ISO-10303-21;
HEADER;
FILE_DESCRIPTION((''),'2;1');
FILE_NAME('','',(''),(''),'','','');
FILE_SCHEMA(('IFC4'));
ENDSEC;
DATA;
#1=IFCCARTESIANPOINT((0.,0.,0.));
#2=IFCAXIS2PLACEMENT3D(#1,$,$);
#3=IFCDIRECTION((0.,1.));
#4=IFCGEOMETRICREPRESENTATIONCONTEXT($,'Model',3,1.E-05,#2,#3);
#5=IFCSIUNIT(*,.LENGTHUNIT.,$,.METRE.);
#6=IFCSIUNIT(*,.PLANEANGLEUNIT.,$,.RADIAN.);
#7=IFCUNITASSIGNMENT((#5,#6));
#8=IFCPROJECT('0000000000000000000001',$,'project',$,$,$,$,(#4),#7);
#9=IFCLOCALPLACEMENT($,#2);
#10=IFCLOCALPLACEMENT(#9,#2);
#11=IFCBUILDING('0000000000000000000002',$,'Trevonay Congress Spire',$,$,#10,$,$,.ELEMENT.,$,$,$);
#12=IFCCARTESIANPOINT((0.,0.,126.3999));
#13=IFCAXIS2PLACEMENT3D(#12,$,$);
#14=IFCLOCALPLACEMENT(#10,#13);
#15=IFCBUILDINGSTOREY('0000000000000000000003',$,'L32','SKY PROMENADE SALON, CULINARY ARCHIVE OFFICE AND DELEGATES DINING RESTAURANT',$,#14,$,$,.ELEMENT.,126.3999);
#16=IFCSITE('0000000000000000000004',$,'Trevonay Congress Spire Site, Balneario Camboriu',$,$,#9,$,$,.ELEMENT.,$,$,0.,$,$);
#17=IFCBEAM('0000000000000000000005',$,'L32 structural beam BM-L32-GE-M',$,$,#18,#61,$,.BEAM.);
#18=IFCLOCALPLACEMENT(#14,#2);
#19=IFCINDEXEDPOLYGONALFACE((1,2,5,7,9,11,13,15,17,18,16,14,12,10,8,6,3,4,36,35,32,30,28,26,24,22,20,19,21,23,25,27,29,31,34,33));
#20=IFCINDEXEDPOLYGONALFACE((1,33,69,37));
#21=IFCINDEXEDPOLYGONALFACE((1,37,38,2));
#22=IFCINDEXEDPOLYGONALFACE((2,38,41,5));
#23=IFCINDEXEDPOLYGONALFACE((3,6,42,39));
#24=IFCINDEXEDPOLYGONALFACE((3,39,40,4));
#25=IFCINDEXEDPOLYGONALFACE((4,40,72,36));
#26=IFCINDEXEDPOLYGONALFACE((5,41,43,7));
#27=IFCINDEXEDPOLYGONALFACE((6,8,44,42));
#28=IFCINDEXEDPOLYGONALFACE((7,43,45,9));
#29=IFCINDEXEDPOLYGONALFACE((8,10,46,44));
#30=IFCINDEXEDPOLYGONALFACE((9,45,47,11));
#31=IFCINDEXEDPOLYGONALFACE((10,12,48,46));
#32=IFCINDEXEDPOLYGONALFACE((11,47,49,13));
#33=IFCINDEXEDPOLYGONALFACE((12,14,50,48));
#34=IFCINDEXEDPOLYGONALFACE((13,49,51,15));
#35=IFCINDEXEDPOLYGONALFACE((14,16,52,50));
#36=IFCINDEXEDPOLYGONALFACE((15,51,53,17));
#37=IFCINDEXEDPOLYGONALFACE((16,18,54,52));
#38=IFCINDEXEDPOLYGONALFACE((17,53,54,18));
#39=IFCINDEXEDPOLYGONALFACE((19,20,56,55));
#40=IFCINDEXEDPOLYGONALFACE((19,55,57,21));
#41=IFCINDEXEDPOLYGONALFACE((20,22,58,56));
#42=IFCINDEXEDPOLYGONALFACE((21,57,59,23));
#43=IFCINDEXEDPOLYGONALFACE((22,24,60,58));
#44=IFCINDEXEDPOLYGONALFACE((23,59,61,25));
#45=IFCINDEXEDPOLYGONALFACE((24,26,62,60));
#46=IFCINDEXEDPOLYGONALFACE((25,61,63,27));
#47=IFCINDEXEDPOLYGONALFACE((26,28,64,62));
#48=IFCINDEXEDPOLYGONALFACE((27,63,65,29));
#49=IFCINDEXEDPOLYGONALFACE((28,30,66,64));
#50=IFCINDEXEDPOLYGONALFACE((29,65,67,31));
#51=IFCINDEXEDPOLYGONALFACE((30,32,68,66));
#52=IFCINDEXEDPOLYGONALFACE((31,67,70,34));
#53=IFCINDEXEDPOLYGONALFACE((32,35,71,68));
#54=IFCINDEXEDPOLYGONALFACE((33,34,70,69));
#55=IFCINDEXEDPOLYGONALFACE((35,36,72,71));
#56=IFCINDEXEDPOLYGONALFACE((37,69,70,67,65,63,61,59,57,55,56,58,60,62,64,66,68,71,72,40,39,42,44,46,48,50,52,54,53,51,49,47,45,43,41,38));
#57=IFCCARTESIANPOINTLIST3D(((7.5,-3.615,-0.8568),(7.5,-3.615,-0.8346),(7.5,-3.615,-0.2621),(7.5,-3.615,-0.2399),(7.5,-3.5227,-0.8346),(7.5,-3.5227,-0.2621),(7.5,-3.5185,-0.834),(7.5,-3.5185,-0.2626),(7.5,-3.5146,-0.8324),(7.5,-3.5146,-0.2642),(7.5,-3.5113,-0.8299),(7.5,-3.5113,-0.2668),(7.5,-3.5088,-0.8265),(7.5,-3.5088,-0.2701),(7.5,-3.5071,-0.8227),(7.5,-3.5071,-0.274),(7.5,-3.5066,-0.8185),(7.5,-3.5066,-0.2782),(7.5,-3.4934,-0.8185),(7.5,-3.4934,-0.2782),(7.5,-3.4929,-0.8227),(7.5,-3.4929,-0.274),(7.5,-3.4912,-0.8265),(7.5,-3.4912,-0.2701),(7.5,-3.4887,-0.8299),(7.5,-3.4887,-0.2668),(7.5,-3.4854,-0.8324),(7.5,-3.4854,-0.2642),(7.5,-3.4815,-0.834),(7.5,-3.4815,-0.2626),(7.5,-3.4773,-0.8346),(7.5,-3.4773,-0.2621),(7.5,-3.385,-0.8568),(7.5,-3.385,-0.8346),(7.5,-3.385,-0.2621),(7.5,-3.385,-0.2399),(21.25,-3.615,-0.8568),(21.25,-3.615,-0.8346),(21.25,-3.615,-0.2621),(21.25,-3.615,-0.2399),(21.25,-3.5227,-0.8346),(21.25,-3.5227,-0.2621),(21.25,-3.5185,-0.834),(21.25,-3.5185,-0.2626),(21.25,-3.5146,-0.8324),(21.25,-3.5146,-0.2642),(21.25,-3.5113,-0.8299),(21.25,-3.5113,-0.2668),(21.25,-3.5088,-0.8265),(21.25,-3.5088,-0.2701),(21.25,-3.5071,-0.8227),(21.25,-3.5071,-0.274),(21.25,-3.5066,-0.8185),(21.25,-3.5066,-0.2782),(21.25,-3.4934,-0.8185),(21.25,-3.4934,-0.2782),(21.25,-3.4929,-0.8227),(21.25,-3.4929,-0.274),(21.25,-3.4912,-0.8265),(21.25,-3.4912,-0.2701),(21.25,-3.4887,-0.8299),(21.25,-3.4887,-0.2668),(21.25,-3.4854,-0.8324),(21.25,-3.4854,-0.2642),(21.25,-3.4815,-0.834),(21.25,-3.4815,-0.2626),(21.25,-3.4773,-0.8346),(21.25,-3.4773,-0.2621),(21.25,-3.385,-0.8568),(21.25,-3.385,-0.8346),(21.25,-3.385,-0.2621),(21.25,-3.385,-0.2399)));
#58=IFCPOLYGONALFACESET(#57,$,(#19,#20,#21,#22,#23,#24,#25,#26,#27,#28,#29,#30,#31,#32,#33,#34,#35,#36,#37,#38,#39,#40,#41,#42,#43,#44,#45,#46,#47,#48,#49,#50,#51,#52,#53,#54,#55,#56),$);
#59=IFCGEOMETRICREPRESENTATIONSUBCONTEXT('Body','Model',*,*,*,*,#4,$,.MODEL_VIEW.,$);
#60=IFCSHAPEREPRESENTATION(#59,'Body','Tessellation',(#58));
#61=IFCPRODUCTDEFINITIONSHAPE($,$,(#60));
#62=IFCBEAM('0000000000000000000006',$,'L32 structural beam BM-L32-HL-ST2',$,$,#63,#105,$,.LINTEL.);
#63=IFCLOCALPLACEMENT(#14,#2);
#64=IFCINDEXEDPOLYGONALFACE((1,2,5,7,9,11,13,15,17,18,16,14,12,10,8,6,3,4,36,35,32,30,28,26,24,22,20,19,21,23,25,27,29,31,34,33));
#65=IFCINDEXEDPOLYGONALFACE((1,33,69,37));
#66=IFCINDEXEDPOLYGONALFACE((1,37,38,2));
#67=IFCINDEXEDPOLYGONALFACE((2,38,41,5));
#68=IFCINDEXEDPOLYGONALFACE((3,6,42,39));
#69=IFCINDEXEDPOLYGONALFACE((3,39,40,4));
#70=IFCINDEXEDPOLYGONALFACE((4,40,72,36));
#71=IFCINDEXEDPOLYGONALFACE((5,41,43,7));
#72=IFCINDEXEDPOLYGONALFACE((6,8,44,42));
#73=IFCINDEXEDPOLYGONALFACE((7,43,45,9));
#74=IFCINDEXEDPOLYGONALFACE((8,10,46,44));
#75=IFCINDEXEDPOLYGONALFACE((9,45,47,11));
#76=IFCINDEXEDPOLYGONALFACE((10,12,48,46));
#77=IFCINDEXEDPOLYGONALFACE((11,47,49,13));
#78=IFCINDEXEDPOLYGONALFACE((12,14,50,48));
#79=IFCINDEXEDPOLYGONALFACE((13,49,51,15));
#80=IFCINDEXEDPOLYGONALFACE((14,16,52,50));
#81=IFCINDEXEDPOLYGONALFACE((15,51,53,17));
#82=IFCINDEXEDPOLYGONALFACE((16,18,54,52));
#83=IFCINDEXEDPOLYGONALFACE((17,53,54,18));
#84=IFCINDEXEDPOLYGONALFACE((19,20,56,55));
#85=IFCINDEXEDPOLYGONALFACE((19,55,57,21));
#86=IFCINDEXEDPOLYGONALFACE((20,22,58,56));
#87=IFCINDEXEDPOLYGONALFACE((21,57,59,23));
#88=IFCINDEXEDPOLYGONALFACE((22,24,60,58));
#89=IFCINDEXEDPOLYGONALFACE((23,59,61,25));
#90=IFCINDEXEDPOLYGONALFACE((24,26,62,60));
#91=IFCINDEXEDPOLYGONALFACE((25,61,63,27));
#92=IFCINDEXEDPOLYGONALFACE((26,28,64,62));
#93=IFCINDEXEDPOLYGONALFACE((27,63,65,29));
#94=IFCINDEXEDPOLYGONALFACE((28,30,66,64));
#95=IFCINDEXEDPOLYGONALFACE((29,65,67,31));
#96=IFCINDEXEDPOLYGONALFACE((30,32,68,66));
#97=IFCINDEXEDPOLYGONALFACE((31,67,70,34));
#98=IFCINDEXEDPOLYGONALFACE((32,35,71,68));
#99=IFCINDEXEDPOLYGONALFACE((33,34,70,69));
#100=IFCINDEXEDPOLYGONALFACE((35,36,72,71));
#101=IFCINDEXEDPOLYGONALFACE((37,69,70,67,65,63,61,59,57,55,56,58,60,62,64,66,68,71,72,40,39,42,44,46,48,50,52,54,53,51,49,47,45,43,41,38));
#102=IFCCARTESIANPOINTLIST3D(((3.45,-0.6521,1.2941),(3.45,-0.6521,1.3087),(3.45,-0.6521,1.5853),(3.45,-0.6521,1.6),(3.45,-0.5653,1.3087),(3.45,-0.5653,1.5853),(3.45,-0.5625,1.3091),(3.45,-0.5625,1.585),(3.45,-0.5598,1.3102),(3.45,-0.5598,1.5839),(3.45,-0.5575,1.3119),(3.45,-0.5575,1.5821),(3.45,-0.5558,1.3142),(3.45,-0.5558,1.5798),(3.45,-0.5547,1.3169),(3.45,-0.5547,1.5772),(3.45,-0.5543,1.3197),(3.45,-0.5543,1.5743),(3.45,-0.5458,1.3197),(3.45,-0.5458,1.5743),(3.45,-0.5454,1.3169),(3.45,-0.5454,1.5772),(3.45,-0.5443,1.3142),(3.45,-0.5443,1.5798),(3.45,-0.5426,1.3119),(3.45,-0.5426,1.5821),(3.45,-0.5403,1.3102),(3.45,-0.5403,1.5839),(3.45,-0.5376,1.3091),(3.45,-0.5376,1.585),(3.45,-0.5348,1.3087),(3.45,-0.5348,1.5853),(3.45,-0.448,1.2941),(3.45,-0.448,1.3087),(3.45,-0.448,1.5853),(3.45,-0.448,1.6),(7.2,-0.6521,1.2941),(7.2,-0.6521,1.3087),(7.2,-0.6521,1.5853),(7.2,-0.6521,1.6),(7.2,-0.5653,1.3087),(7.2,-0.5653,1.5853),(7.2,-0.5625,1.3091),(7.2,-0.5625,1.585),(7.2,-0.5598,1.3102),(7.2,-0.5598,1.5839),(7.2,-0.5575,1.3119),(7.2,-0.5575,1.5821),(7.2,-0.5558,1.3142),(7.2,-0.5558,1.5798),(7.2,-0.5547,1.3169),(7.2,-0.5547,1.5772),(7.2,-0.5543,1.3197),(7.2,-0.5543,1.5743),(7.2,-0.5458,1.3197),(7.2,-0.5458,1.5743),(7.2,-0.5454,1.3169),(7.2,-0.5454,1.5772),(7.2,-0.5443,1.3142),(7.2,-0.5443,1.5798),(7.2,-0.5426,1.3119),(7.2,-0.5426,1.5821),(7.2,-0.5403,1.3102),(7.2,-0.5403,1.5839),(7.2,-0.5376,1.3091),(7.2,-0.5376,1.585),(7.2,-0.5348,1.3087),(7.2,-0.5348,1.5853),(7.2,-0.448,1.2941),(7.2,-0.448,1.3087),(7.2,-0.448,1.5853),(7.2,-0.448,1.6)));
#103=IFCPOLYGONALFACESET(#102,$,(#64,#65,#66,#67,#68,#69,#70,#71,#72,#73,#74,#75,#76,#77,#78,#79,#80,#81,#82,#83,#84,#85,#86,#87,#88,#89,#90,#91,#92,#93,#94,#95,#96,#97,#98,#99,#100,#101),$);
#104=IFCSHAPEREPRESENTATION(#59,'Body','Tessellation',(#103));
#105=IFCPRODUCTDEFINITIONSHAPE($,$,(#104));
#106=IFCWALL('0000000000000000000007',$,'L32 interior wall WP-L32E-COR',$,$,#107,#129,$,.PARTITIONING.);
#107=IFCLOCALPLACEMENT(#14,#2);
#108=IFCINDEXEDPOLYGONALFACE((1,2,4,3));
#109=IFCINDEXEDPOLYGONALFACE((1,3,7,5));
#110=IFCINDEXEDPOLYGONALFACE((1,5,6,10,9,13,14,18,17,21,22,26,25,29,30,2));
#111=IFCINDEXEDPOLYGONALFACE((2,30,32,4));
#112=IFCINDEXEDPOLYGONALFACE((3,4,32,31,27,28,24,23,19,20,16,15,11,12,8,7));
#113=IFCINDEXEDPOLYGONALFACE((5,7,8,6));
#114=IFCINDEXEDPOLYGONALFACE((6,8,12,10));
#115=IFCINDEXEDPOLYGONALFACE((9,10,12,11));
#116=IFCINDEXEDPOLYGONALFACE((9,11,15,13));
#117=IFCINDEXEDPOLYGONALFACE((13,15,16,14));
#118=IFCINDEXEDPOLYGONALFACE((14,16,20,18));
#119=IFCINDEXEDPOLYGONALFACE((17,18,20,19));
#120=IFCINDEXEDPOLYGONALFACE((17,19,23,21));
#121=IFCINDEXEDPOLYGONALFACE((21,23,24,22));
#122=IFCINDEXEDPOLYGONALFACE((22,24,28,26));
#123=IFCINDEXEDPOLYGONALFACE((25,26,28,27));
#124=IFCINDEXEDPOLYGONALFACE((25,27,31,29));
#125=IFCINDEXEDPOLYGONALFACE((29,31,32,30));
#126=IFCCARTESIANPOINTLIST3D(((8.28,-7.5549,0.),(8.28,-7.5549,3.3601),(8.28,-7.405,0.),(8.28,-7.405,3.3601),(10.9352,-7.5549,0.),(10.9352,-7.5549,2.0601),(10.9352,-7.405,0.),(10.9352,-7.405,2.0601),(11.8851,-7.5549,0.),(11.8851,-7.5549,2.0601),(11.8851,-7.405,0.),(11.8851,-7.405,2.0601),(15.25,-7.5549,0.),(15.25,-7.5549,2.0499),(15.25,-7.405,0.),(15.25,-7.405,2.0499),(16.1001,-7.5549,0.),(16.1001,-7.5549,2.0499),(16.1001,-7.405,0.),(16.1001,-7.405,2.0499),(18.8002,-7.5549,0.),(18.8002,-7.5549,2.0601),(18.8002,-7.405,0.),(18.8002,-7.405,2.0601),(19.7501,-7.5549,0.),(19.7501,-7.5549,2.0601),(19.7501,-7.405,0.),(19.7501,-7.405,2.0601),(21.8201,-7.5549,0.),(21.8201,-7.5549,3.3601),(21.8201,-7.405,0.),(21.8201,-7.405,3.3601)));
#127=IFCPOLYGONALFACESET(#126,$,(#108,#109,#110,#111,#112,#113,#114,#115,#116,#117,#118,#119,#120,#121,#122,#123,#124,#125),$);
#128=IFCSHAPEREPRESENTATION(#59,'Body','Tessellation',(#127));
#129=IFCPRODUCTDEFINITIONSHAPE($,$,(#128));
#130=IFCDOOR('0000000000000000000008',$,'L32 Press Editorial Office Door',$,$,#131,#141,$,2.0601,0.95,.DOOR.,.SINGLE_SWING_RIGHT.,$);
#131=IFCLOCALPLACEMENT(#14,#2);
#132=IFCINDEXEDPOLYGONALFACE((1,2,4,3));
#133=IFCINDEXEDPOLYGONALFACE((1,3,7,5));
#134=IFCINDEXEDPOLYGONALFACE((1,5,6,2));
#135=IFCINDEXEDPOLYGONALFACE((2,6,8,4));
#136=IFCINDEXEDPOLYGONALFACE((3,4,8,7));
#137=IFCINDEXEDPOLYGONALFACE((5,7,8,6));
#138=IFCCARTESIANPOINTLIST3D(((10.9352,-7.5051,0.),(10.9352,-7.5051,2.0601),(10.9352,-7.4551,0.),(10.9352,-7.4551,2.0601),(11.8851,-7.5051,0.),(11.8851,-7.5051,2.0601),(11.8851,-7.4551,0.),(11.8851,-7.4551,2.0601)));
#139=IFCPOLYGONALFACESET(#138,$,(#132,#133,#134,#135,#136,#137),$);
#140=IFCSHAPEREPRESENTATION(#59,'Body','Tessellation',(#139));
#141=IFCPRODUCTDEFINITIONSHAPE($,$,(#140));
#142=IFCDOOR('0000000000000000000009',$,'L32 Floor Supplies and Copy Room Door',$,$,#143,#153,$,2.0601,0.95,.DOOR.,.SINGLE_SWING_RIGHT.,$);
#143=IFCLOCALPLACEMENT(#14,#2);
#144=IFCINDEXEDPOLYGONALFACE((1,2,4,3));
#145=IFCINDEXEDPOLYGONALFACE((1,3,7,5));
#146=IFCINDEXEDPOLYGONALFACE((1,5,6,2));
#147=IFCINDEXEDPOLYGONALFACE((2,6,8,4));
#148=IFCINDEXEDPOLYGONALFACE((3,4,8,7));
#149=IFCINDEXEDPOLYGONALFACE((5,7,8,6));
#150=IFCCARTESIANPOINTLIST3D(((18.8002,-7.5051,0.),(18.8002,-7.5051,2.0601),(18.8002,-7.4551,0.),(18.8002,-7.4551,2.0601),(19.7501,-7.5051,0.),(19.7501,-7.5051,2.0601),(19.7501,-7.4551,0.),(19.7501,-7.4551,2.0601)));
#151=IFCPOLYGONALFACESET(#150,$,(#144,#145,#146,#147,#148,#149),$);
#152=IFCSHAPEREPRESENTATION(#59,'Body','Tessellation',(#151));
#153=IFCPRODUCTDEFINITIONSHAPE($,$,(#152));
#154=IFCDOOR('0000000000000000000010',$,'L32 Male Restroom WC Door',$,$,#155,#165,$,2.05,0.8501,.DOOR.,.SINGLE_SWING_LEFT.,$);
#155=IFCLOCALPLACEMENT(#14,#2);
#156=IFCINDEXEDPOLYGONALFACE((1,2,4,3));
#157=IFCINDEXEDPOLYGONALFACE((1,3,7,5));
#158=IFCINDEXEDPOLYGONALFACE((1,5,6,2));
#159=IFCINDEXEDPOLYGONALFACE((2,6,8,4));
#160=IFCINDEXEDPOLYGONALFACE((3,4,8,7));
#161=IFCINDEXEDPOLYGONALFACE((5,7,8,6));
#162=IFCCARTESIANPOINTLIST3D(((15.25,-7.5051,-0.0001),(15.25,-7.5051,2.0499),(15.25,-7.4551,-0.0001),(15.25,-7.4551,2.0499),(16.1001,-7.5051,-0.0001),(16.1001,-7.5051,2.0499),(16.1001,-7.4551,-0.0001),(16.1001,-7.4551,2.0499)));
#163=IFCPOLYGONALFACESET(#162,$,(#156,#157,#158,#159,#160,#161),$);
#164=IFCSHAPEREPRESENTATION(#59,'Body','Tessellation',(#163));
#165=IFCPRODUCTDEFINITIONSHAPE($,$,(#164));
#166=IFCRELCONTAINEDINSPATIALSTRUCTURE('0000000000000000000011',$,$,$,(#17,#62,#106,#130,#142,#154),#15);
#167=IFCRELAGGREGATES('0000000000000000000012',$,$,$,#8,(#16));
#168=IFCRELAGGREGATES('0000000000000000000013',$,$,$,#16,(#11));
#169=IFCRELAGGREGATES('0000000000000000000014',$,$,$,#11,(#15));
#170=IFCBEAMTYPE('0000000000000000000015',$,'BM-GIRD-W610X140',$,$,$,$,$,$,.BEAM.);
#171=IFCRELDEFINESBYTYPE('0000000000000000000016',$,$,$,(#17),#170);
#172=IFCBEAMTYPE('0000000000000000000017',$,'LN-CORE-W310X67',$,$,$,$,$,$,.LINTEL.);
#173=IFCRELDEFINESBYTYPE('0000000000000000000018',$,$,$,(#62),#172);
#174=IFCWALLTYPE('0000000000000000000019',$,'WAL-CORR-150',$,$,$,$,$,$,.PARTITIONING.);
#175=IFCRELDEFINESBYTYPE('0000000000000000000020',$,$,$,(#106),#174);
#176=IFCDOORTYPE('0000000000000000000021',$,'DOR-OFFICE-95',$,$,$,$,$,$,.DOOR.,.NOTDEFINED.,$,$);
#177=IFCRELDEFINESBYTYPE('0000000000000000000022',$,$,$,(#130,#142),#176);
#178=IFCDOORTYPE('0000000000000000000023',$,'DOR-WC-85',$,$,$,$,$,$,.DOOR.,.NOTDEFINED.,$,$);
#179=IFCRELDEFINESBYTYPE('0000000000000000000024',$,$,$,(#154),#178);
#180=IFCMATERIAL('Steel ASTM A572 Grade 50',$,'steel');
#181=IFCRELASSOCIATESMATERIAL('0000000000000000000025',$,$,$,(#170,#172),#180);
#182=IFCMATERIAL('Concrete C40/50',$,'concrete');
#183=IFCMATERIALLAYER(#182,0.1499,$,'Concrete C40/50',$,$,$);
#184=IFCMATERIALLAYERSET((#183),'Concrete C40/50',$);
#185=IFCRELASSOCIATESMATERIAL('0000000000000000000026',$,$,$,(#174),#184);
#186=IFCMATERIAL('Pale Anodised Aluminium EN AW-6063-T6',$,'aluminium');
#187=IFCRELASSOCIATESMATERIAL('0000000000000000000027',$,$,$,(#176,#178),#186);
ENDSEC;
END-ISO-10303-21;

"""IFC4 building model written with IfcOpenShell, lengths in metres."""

from ifc_helpers import new_model, si_unit, direction, frame, frame_2d, origin, origin_2d, place, context, subcontext, project, spatial, rectangle, i_section, extrude, material, layer, layer_set, material_profile, profile_set, type_object, element, fill, save


model = new_model("IFC4")

# Units and contexts
model_context = context("Model", 3, precision=1e-05, world=origin(), true_north=direction((0.0, 1.0)))
body_context = subcontext(model_context, "Body", "Model", "MODEL_VIEW")
ifc_project = project(units=[si_unit("LENGTHUNIT", "METRE"), si_unit("PLANEANGLEUNIT", "RADIAN")], contexts=[model_context])

# Site, building, storey
site_placement = place(None, origin())
site = spatial("IfcSite", under=ifc_project, at=site_placement, Name="Trevonay Congress Spire Site, Balneario Camboriu", CompositionType="ELEMENT", RefElevation=0.0)
building_placement = place(site_placement, origin())
building = spatial("IfcBuilding", under=site, at=building_placement, Name="Trevonay Congress Spire", CompositionType="ELEMENT")
storey_placement = place(building_placement, frame((0.0, 0.0, 126.3999)))
storey = spatial("IfcBuildingStorey", under=building, at=storey_placement, Name="L32", Description="SKY PROMENADE SALON, CULINARY ARCHIVE OFFICE AND DELEGATES DINING RESTAURANT", CompositionType="ELEMENT", Elevation=126.3999)

# Beams
ifc_material_1 = material(Name="Steel ASTM A572 Grade 50", Category="steel")
ifc_material_profile_1 = material_profile(ifc_material_1, i_section(OverallWidth=0.23, OverallDepth=0.6169, WebThickness=0.0132, FlangeThickness=0.0222, FilletRadius=0.0161, at=origin_2d()), Name="W610x140")
ifc_profile_set_1 = profile_set([ifc_material_profile_1], Name="Steel ASTM A572 Grade 50")
beam_type_1 = type_object("IfcBeamType", Name="BM-GIRD-W610X140", PredefinedType="BEAM", material=ifc_profile_set_1)
beam_1_placement = place(storey_placement, frame((7.5, -3.5, -0.5483), z_axis=(1.0, 0.0, 0.0), x_axis=(0.0, 1.0, 0.0)))
element("IfcBeam", 1, at=beam_1_placement, inside=storey, type_object=beam_type_1, Name="L32 structural beam BM-L32-GE-M", PredefinedType="BEAM", context=body_context, shape_type="SweptSolid", body=[
    extrude(i_section(OverallWidth=0.23, OverallDepth=0.6169, WebThickness=0.0132, FlangeThickness=0.0222, FilletRadius=0.0161, at=origin_2d()), origin(), (0.0, 0.0, 1.0), 13.75),
])
ifc_material_profile_2 = material_profile(ifc_material_1, i_section(OverallWidth=0.2041, OverallDepth=0.3059, WebThickness=0.0085, FlangeThickness=0.0146, FilletRadius=0.011, at=origin_2d()), Name="W310x67")
ifc_profile_set_2 = profile_set([ifc_material_profile_2], Name="Steel ASTM A572 Grade 50")
beam_type_2 = type_object("IfcBeamType", Name="LN-CORE-W310X67", PredefinedType="LINTEL", material=ifc_profile_set_2)
beam_2_placement = place(storey_placement, frame((3.45, -0.55, 1.447), z_axis=(1.0, 0.0, 0.0), x_axis=(0.0, 1.0, 0.0)))
element("IfcBeam", 2, at=beam_2_placement, inside=storey, type_object=beam_type_2, Name="L32 structural beam BM-L32-HL-ST2", PredefinedType="LINTEL", context=body_context, shape_type="SweptSolid", body=[
    extrude(i_section(OverallWidth=0.2041, OverallDepth=0.3059, WebThickness=0.0085, FlangeThickness=0.0146, FilletRadius=0.011, at=origin_2d()), origin(), (0.0, 0.0, 1.0), 3.75),
])

# Wall, openings, doors
ifc_material_2 = material(Name="Concrete C40/50", Category="concrete")
ifc_layer_1 = layer(ifc_material_2, 0.1499, Name="Concrete C40/50")
ifc_layer_set_1 = layer_set([ifc_layer_1], Name="Concrete C40/50")
wall_type_1 = type_object("IfcWallType", Name="WAL-CORR-150", PredefinedType="PARTITIONING", material=ifc_layer_set_1)
wall_1_placement = place(storey_placement, frame((8.28, -7.48, 0.0), z_axis=(0.0, 0.0, 1.0), x_axis=(1.0, 0.0, 0.0)))
wall_1 = element("IfcWall", 3, at=wall_1_placement, inside=storey, type_object=wall_type_1, Name="L32 interior wall WP-L32E-COR", PredefinedType="PARTITIONING", context=body_context, shape_type="SweptSolid", body=[
    extrude(rectangle(XDim=13.54, YDim=0.1499, at=frame_2d((6.77, 0.0))), origin(), (0.0, 0.0, 1.0), 3.3601),
])
opening_1_placement = place(wall_1_placement, frame((2.655, 0.0, 0.0)))
opening_1 = element("IfcOpeningElement", 4, at=opening_1_placement, cuts=wall_1, PredefinedType="OPENING", context=body_context, shape_type="SweptSolid", body=[
    extrude(rectangle(XDim=0.95, YDim=2.0601, at=frame_2d((0.4751, 1.03))), frame((0.0, 0.085, 0.0), z_axis=(0.0, -1.0, 0.0), x_axis=(1.0, 0.0, 0.0)), (0.0, 0.0, 1.0), 0.1699),
])
opening_2_placement = place(wall_1_placement, frame((6.97, 0.0, 0.0)))
opening_2 = element("IfcOpeningElement", 5, at=opening_2_placement, cuts=wall_1, PredefinedType="OPENING", context=body_context, shape_type="SweptSolid", body=[
    extrude(rectangle(XDim=0.8501, YDim=2.05, at=frame_2d((0.425, 1.0249))), frame((0.0, 0.085, 0.0), z_axis=(0.0, -1.0, 0.0), x_axis=(1.0, 0.0, 0.0)), (0.0, 0.0, 1.0), 0.1699),
])
opening_3_placement = place(wall_1_placement, frame((10.52, 0.0, 0.0)))
opening_3 = element("IfcOpeningElement", 6, at=opening_3_placement, cuts=wall_1, PredefinedType="OPENING", context=body_context, shape_type="SweptSolid", body=[
    extrude(rectangle(XDim=0.95, YDim=2.0601, at=frame_2d((0.4751, 1.03))), frame((0.0, 0.085, 0.0), z_axis=(0.0, -1.0, 0.0), x_axis=(1.0, 0.0, 0.0)), (0.0, 0.0, 1.0), 0.1699),
])
ifc_material_3 = material(Name="Pale Anodised Aluminium EN AW-6063-T6", Category="aluminium")
door_type_1 = type_object("IfcDoorType", Name="DOR-OFFICE-95", OperationType="NOTDEFINED", PredefinedType="DOOR", material=ifc_material_3)
door_1_placement = place(opening_1_placement, origin())
door_1 = element("IfcDoor", 7, at=door_1_placement, inside=storey, type_object=door_type_1, Name="L32 Press Editorial Office Door", OperationType="SINGLE_SWING_RIGHT", OverallHeight=2.0601, OverallWidth=0.95, PredefinedType="DOOR", context=body_context, shape_type="SweptSolid", body=[
    extrude(rectangle(XDim=0.95, YDim=2.0601, at=frame_2d((0.4751, 1.03))), frame((0.0, 0.0249, 0.0), z_axis=(0.0, -1.0, 0.0), x_axis=(1.0, 0.0, 0.0)), (0.0, 0.0, 1.0), 0.05),
])
fill(opening_1, door_1)
door_2_placement = place(opening_3_placement, origin())
door_2 = element("IfcDoor", 8, at=door_2_placement, inside=storey, type_object=door_type_1, Name="L32 Floor Supplies and Copy Room Door", OperationType="SINGLE_SWING_RIGHT", OverallHeight=2.0601, OverallWidth=0.95, PredefinedType="DOOR", context=body_context, shape_type="SweptSolid", body=[
    extrude(rectangle(XDim=0.95, YDim=2.0601, at=frame_2d((0.4751, 1.03))), frame((0.0, 0.0249, 0.0), z_axis=(0.0, -1.0, 0.0), x_axis=(1.0, 0.0, 0.0)), (0.0, 0.0, 1.0), 0.05),
])
fill(opening_3, door_2)
door_type_2 = type_object("IfcDoorType", Name="DOR-WC-85", OperationType="NOTDEFINED", PredefinedType="DOOR", material=ifc_material_3)
door_3_placement = place(opening_2_placement, origin())
door_3 = element("IfcDoor", 9, at=door_3_placement, inside=storey, type_object=door_type_2, Name="L32 Male Restroom WC Door", OperationType="SINGLE_SWING_LEFT", OverallHeight=2.05, OverallWidth=0.8501, PredefinedType="DOOR", context=body_context, shape_type="SweptSolid", body=[
    extrude(rectangle(XDim=0.8501, YDim=2.05, at=frame_2d((0.425, 1.0249))), frame((0.0, 0.0249, 0.0), z_axis=(0.0, -1.0, 0.0), x_axis=(1.0, 0.0, 0.0)), (0.0, 0.0, 1.0), 0.05),
])
fill(opening_2, door_3)

save(model, "model.ifc")
